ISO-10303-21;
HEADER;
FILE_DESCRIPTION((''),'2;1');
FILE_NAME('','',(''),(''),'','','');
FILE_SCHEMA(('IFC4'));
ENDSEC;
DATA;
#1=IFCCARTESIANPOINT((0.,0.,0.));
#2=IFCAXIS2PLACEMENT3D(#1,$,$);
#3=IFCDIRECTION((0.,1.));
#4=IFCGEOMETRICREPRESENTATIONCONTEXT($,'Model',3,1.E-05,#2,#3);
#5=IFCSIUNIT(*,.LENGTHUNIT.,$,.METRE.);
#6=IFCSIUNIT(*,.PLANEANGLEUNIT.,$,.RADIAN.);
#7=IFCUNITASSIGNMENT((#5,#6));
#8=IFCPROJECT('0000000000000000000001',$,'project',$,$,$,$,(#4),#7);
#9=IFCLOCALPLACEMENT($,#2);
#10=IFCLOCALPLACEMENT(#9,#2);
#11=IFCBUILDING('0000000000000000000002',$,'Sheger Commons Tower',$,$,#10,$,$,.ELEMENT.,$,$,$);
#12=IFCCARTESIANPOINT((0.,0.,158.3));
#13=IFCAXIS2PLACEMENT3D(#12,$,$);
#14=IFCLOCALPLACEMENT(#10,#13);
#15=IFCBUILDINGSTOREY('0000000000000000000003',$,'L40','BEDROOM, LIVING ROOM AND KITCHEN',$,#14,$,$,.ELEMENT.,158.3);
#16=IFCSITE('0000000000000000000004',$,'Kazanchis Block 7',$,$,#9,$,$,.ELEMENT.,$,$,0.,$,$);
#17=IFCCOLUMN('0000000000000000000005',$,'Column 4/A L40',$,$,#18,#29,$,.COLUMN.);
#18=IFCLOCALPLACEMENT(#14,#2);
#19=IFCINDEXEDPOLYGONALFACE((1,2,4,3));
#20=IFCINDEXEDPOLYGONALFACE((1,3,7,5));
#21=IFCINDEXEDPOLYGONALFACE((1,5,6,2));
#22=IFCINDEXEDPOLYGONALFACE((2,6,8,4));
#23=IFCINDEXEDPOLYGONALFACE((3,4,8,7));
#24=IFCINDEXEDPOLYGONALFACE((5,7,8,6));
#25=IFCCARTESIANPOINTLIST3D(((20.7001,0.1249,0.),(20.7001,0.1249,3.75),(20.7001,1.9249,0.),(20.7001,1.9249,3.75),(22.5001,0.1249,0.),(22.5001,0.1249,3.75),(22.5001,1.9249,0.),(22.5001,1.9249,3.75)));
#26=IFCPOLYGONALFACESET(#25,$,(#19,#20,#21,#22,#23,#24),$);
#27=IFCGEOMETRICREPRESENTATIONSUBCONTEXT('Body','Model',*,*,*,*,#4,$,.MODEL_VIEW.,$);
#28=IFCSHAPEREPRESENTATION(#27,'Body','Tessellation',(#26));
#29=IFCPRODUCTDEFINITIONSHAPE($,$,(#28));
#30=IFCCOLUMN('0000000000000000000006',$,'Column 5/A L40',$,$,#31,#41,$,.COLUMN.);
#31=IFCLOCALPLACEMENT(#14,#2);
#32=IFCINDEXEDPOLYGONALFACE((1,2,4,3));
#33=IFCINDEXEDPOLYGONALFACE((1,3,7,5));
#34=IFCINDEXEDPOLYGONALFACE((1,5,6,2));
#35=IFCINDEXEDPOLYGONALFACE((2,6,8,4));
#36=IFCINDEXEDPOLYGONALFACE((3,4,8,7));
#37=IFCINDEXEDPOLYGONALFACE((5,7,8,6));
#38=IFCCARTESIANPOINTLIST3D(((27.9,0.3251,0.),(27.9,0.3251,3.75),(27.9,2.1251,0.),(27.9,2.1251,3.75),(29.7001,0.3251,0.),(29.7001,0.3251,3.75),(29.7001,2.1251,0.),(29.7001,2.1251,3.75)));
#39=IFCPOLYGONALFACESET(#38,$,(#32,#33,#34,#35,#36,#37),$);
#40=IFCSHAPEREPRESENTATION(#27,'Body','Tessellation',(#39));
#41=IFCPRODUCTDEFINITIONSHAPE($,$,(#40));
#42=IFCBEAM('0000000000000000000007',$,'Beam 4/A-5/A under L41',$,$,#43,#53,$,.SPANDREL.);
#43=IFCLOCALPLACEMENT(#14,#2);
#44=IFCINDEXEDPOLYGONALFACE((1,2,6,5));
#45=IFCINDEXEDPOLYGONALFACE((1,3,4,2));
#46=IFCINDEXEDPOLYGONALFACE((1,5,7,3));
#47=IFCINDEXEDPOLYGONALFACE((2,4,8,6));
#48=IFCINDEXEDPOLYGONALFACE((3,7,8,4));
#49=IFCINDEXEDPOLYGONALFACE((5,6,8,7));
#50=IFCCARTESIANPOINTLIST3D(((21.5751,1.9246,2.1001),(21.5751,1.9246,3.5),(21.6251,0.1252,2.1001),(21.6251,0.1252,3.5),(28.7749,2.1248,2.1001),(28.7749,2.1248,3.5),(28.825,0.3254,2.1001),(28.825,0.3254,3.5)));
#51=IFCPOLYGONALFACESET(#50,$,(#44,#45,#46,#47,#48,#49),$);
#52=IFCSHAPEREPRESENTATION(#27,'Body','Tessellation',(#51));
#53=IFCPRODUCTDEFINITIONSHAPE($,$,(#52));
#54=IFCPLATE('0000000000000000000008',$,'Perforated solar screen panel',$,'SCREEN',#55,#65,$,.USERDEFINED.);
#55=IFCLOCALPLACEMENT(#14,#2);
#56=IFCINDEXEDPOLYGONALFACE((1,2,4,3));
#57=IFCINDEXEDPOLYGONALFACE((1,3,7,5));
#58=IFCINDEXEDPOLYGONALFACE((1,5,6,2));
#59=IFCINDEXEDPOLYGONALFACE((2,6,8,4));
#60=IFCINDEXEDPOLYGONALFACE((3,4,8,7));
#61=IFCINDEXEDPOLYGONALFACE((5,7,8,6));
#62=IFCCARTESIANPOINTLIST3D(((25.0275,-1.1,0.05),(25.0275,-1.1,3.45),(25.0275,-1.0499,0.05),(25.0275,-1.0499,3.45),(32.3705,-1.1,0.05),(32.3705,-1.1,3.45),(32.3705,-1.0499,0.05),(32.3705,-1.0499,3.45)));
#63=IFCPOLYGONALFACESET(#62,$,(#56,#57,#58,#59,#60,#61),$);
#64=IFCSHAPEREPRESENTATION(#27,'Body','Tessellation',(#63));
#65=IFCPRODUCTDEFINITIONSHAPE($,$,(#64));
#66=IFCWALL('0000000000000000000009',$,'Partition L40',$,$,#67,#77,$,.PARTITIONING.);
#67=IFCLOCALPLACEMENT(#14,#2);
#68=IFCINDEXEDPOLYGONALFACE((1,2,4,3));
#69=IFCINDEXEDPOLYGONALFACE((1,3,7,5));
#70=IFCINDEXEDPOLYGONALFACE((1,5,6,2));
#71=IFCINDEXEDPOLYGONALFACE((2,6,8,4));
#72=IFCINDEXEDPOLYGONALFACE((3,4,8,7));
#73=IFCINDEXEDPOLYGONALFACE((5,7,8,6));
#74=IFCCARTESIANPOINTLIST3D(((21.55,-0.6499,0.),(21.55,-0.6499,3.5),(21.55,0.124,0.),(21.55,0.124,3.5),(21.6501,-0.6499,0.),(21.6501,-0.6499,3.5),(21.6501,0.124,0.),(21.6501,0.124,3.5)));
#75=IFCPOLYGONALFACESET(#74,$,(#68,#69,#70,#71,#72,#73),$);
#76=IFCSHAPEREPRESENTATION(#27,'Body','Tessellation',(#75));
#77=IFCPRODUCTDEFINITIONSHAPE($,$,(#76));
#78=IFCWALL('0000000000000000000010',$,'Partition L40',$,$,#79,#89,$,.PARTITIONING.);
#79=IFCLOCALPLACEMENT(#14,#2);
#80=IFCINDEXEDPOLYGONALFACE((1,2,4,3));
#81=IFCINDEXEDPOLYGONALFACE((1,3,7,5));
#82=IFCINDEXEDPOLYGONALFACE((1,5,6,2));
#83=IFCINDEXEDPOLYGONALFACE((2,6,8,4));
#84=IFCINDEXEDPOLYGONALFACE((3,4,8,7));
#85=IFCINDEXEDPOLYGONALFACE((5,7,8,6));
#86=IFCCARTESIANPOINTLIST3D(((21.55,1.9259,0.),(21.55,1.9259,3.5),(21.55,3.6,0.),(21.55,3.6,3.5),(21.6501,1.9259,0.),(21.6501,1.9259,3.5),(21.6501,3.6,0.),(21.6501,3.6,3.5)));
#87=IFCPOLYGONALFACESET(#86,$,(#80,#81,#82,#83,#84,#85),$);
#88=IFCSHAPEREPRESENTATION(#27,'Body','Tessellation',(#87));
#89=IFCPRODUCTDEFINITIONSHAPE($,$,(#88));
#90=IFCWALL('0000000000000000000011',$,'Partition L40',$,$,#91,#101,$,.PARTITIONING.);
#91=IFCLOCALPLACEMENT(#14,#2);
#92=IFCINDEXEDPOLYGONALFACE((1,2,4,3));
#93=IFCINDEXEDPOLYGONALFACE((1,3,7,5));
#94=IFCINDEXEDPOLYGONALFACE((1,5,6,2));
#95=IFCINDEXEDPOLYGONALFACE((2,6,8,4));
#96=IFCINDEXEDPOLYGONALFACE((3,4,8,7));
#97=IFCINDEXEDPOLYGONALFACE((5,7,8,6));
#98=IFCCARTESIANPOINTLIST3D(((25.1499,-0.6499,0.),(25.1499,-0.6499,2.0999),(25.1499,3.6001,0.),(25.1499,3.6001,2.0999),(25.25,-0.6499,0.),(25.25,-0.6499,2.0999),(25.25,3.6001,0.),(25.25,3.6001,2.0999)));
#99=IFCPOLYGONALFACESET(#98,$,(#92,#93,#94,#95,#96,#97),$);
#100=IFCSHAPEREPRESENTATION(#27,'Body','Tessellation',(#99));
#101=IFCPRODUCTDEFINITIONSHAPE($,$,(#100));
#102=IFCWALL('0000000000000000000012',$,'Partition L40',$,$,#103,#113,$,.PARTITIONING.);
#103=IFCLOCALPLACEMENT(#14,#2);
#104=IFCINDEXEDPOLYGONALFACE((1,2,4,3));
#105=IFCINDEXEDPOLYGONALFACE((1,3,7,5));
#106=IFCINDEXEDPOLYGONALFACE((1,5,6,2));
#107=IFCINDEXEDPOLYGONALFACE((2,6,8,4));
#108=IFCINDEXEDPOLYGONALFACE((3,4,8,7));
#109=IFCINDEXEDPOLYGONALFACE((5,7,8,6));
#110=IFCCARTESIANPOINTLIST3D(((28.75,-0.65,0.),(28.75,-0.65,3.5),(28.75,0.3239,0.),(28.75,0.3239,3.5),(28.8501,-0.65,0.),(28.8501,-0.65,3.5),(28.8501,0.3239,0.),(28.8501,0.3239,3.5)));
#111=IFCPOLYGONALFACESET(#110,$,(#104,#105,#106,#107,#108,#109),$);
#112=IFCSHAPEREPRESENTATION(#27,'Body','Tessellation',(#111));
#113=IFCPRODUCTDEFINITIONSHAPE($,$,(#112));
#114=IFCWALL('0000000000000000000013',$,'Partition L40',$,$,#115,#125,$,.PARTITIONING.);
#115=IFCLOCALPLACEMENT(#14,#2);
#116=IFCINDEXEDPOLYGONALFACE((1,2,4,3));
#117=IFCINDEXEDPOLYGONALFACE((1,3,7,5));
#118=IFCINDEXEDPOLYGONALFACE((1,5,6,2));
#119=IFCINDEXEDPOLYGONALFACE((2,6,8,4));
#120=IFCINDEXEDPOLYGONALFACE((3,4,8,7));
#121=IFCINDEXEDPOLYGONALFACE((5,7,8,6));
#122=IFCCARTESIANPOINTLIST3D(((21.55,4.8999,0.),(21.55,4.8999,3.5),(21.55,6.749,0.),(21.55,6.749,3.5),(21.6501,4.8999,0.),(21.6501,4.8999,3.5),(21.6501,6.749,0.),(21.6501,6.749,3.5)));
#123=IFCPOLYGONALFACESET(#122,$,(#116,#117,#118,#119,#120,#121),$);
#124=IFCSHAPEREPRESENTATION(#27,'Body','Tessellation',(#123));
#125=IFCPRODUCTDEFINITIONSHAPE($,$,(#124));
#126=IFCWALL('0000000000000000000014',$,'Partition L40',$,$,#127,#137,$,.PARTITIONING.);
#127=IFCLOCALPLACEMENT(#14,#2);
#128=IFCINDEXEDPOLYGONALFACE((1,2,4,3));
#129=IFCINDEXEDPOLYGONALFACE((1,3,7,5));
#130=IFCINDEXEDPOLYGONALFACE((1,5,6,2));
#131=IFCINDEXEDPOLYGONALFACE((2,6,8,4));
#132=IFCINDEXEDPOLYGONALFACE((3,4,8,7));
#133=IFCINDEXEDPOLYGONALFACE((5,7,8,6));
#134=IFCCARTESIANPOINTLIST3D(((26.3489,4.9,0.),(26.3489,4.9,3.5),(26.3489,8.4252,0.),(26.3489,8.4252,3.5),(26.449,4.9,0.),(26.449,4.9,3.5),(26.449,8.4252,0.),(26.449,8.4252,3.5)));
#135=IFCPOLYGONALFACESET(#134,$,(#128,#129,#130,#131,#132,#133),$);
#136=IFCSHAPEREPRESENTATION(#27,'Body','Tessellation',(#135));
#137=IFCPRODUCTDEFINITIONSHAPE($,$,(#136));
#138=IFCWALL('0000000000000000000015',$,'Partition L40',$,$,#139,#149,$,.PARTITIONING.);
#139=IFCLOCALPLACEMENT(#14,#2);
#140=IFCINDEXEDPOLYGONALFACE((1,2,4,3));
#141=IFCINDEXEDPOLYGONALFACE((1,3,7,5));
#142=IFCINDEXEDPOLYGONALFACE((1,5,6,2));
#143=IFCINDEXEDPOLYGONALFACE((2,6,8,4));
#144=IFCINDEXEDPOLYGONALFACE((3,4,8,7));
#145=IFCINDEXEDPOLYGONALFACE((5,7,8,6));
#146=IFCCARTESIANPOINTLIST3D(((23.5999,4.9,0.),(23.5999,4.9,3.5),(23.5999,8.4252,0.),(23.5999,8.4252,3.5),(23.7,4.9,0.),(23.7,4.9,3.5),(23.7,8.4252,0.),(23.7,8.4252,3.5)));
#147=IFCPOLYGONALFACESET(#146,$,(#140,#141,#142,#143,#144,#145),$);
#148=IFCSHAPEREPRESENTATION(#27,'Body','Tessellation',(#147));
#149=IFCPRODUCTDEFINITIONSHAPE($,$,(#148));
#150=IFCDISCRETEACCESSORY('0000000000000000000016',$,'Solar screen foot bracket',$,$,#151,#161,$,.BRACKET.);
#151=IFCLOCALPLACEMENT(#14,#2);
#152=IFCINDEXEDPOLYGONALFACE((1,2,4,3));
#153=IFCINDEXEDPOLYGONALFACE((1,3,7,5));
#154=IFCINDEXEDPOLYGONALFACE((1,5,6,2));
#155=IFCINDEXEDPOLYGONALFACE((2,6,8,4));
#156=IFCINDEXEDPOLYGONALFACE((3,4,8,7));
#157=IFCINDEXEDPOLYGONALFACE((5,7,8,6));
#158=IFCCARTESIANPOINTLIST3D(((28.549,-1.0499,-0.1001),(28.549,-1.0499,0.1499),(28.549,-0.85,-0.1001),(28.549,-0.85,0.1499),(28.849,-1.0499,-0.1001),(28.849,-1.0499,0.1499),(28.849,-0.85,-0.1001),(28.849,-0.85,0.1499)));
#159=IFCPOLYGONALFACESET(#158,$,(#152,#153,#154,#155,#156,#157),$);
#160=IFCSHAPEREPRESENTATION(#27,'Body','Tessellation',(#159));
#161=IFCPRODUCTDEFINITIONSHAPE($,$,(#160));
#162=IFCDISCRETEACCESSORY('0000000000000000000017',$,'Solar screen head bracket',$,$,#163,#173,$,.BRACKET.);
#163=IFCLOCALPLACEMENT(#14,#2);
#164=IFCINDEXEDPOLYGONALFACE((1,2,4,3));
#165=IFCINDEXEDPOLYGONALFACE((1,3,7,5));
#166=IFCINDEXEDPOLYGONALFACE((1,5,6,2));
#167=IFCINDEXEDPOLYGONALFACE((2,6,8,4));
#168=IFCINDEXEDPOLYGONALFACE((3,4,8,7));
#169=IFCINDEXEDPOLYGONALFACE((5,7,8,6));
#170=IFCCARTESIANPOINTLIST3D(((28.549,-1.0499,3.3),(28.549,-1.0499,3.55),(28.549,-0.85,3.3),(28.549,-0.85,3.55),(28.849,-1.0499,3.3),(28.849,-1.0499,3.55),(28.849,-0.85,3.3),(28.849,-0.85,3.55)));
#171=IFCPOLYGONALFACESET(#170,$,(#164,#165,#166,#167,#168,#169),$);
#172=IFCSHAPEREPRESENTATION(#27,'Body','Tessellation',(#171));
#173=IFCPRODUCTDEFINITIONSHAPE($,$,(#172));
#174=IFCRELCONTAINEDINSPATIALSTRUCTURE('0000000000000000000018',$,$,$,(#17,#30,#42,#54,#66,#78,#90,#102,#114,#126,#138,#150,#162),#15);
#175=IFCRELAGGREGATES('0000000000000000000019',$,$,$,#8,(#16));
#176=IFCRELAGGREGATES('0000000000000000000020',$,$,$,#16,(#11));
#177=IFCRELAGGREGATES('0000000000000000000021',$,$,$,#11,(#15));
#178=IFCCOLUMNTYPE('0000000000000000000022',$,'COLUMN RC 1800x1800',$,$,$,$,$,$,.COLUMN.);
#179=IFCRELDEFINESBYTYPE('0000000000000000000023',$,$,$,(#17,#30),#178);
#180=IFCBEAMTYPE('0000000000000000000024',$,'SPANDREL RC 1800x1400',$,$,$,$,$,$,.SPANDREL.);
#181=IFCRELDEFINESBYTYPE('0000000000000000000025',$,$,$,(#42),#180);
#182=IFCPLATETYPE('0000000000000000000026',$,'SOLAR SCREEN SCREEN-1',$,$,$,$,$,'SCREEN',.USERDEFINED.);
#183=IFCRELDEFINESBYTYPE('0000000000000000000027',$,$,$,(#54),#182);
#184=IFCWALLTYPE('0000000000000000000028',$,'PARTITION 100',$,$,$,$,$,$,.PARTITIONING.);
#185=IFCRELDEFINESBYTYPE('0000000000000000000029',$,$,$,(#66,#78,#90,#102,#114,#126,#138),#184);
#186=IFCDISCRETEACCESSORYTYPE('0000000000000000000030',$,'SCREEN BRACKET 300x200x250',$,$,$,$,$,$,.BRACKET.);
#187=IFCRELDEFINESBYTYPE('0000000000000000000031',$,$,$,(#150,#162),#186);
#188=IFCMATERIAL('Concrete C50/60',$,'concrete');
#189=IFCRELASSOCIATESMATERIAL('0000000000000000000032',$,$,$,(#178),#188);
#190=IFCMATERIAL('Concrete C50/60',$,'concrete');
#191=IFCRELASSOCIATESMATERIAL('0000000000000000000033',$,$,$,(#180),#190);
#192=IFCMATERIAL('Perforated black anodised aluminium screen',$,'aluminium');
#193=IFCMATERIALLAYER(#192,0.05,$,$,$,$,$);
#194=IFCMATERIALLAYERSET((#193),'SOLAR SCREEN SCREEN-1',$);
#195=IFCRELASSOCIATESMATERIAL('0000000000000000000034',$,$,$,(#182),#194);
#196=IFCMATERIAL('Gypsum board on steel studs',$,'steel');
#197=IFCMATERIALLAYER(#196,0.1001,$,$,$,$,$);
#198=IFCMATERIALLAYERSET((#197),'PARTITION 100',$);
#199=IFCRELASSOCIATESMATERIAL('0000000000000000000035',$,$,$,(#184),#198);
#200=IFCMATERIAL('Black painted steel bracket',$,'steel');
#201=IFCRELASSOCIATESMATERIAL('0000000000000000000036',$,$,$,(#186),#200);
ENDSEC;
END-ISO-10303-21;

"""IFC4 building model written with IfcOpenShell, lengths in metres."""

from ifc_helpers import new_model, si_unit, direction, frame, frame_2d, origin, origin_2d, place, context, subcontext, project, spatial, rectangle, extrude, material, layer, layer_set, material_profile, profile_set, type_object, element, save


model = new_model("IFC4")

# Units and contexts
model_context = context("Model", 3, precision=1e-05, world=origin(), true_north=direction((0.0, 1.0)))
body_context = subcontext(model_context, "Body", "Model", "MODEL_VIEW")
ifc_project = project(units=[si_unit("LENGTHUNIT", "METRE"), si_unit("PLANEANGLEUNIT", "RADIAN")], contexts=[model_context])

# Site, building, storey
site_placement = place(None, origin())
site = spatial("IfcSite", under=ifc_project, at=site_placement, Name="Kazanchis Block 7", CompositionType="ELEMENT", RefElevation=0.0)
building_placement = place(site_placement, origin())
building = spatial("IfcBuilding", under=site, at=building_placement, Name="Sheger Commons Tower", CompositionType="ELEMENT")
storey_placement = place(building_placement, frame((0.0, 0.0, 158.3)))
storey = spatial("IfcBuildingStorey", under=building, at=storey_placement, Name="L40", Description="BEDROOM, LIVING ROOM AND KITCHEN", CompositionType="ELEMENT", Elevation=158.3)

# Columns
ifc_material_1 = material(Name="Concrete C50/60", Category="concrete")
ifc_material_profile_1 = material_profile(ifc_material_1, rectangle(XDim=1.8, YDim=1.8, at=origin_2d()), Name="RC 1800x1800")
ifc_profile_set_1 = profile_set([ifc_material_profile_1], Name="Concrete C50/60")
column_type = type_object("IfcColumnType", Name="COLUMN RC 1800x1800", PredefinedType="COLUMN", material=ifc_profile_set_1)
for number, where, z_axis, x_axis, name in (
    (1, (21.6001, 1.0249, 0.0), (0.0, 0.0, 1.0), (1.0, 0.0, 0.0), "Column 4/A L40"),
    (2, (28.8, 1.2251, 0.0), (0.0, 0.0, 1.0), (1.0, 0.0, 0.0), "Column 5/A L40"),
):
    element("IfcColumn", number, at=place(storey_placement, frame(where, z_axis=z_axis, x_axis=x_axis)), inside=storey, type_object=column_type, Name=name, PredefinedType="COLUMN", context=body_context, shape_type="SweptSolid", body=[
        extrude(rectangle(XDim=1.8, YDim=1.8, at=origin_2d()), origin(), (0.0, 0.0, 1.0), 3.75),
    ])

# Beam
ifc_material_2 = material(Name="Concrete C50/60", Category="concrete")
ifc_material_profile_2 = material_profile(ifc_material_2, rectangle(XDim=1.8, YDim=1.3999, at=origin_2d()), Name="RC 1800x1400")
ifc_profile_set_2 = profile_set([ifc_material_profile_2], Name="Concrete C50/60")
beam_type = type_object("IfcBeamType", Name="SPANDREL RC 1800x1400", PredefinedType="SPANDREL", material=ifc_profile_set_2)
beam_placement = place(storey_placement, frame((21.6001, 1.0249, 2.8), z_axis=(0.999614, 0.027794, 0.0), x_axis=(-0.027794, 0.999614, 0.0)))
element("IfcBeam", 3, at=beam_placement, inside=storey, type_object=beam_type, Name="Beam 4/A-5/A under L41", PredefinedType="SPANDREL", context=body_context, shape_type="SweptSolid", body=[
    extrude(rectangle(XDim=1.8, YDim=1.3999, at=origin_2d()), origin(), (0.0, 0.0, 1.0), 7.2026),
])

# Plate
ifc_material_3 = material(Name="Perforated black anodised aluminium screen", Category="aluminium")
ifc_layer_1 = layer(ifc_material_3, 0.05)
ifc_layer_set_1 = layer_set([ifc_layer_1], Name="SOLAR SCREEN SCREEN-1")
plate_type = type_object("IfcPlateType", Name="SOLAR SCREEN SCREEN-1", ElementType="SCREEN", PredefinedType="USERDEFINED", material=ifc_layer_set_1)
plate_placement = place(storey_placement, frame((28.699, -1.075, 0.05), z_axis=(0.0, 0.0, 1.0), x_axis=(1.0, 0.0, 0.0)))
element("IfcPlate", 4, at=plate_placement, inside=storey, type_object=plate_type, Name="Perforated solar screen panel", ObjectType="SCREEN", PredefinedType="USERDEFINED", context=body_context, shape_type="SweptSolid", body=[
    extrude(rectangle(XDim=7.343, YDim=0.05, at=origin_2d()), origin(), (0.0, 0.0, 1.0), 3.3999),
])

# Walls
ifc_material_4 = material(Name="Gypsum board on steel studs", Category="steel")
ifc_layer_2 = layer(ifc_material_4, 0.1001)
ifc_layer_set_2 = layer_set([ifc_layer_2], Name="PARTITION 100")
wall_type = type_object("IfcWallType", Name="PARTITION 100", PredefinedType="PARTITIONING", material=ifc_layer_set_2)
wall_1_placement = place(storey_placement, frame((21.6001, -0.6499, 0.0), z_axis=(0.0, 0.0, 1.0), x_axis=(0.0, 1.0, 0.0)))
element("IfcWall", 5, at=wall_1_placement, inside=storey, type_object=wall_type, Name="Partition L40", PredefinedType="PARTITIONING", context=body_context, shape_type="SweptSolid", body=[
    extrude(rectangle(XDim=0.7739, YDim=0.1001, at=frame_2d((0.387, 0.0))), origin(), (0.0, 0.0, 1.0), 3.5),
])
wall_2_placement = place(storey_placement, frame((21.6001, 1.926, 0.0), z_axis=(0.0, 0.0, 1.0), x_axis=(0.0, 1.0, 0.0)))
element("IfcWall", 6, at=wall_2_placement, inside=storey, type_object=wall_type, Name="Partition L40", PredefinedType="PARTITIONING", context=body_context, shape_type="SweptSolid", body=[
    extrude(rectangle(XDim=1.6741, YDim=0.1001, at=frame_2d((0.8369, 0.0))), origin(), (0.0, 0.0, 1.0), 3.5),
])
wall_3_placement = place(storey_placement, frame((25.2, -0.6499, 0.0), z_axis=(0.0, 0.0, 1.0), x_axis=(0.0, 1.0, 0.0)))
element("IfcWall", 7, at=wall_3_placement, inside=storey, type_object=wall_type, Name="Partition L40", PredefinedType="PARTITIONING", context=body_context, shape_type="SweptSolid", body=[
    extrude(rectangle(XDim=4.25, YDim=0.1001, at=frame_2d((2.125, 0.0))), origin(), (0.0, 0.0, 1.0), 2.0999),
])
wall_4_placement = place(storey_placement, frame((28.8, -0.6499, 0.0), z_axis=(0.0, 0.0, 1.0), x_axis=(0.0, 1.0, 0.0)))
element("IfcWall", 8, at=wall_4_placement, inside=storey, type_object=wall_type, Name="Partition L40", PredefinedType="PARTITIONING", context=body_context, shape_type="SweptSolid", body=[
    extrude(rectangle(XDim=0.9739, YDim=0.1001, at=frame_2d((0.4868, 0.0))), origin(), (0.0, 0.0, 1.0), 3.5),
])
wall_5_placement = place(storey_placement, frame((21.6001, 4.8999, 0.0), z_axis=(0.0, 0.0, 1.0), x_axis=(0.0, 1.0, 0.0)))
element("IfcWall", 9, at=wall_5_placement, inside=storey, type_object=wall_type, Name="Partition L40", PredefinedType="PARTITIONING", context=body_context, shape_type="SweptSolid", body=[
    extrude(rectangle(XDim=1.8491, YDim=0.1001, at=frame_2d((0.9246, 0.0))), origin(), (0.0, 0.0, 1.0), 3.5),
])
for number, where, z_axis, x_axis, name in (
    (10, (26.3989, 4.8999, 0.0), (0.0, 0.0, 1.0), (0.0, 1.0, 0.0), "Partition L40"),
    (11, (23.6499, 4.8999, 0.0), (0.0, 0.0, 1.0), (0.0, 1.0, 0.0), "Partition L40"),
):
    element("IfcWall", number, at=place(storey_placement, frame(where, z_axis=z_axis, x_axis=x_axis)), inside=storey, type_object=wall_type, Name=name, PredefinedType="PARTITIONING", context=body_context, shape_type="SweptSolid", body=[
        extrude(rectangle(XDim=3.5251, YDim=0.1001, at=frame_2d((1.7627, 0.0))), origin(), (0.0, 0.0, 1.0), 3.5),
    ])

# Discrete accessories
ifc_material_5 = material(Name="Black painted steel bracket", Category="steel")
discrete_accessory_type = type_object("IfcDiscreteAccessoryType", Name="SCREEN BRACKET 300x200x250", PredefinedType="BRACKET", material=ifc_material_5)
for number, where, z_axis, x_axis, name in (
    (12, (28.699, -0.95, -0.1001), (0.0, 0.0, 1.0), (1.0, 0.0, 0.0), "Solar screen foot bracket"),
    (13, (28.699, -0.95, 3.3), (0.0, 0.0, 1.0), (1.0, 0.0, 0.0), "Solar screen head bracket"),
):
    element("IfcDiscreteAccessory", number, at=place(storey_placement, frame(where, z_axis=z_axis, x_axis=x_axis)), inside=storey, type_object=discrete_accessory_type, Name=name, PredefinedType="BRACKET", context=body_context, shape_type="SweptSolid", body=[
        extrude(rectangle(XDim=0.3, YDim=0.2, at=origin_2d()), origin(), (0.0, 0.0, 1.0), 0.25),
    ])

save(model, "model.ifc")
